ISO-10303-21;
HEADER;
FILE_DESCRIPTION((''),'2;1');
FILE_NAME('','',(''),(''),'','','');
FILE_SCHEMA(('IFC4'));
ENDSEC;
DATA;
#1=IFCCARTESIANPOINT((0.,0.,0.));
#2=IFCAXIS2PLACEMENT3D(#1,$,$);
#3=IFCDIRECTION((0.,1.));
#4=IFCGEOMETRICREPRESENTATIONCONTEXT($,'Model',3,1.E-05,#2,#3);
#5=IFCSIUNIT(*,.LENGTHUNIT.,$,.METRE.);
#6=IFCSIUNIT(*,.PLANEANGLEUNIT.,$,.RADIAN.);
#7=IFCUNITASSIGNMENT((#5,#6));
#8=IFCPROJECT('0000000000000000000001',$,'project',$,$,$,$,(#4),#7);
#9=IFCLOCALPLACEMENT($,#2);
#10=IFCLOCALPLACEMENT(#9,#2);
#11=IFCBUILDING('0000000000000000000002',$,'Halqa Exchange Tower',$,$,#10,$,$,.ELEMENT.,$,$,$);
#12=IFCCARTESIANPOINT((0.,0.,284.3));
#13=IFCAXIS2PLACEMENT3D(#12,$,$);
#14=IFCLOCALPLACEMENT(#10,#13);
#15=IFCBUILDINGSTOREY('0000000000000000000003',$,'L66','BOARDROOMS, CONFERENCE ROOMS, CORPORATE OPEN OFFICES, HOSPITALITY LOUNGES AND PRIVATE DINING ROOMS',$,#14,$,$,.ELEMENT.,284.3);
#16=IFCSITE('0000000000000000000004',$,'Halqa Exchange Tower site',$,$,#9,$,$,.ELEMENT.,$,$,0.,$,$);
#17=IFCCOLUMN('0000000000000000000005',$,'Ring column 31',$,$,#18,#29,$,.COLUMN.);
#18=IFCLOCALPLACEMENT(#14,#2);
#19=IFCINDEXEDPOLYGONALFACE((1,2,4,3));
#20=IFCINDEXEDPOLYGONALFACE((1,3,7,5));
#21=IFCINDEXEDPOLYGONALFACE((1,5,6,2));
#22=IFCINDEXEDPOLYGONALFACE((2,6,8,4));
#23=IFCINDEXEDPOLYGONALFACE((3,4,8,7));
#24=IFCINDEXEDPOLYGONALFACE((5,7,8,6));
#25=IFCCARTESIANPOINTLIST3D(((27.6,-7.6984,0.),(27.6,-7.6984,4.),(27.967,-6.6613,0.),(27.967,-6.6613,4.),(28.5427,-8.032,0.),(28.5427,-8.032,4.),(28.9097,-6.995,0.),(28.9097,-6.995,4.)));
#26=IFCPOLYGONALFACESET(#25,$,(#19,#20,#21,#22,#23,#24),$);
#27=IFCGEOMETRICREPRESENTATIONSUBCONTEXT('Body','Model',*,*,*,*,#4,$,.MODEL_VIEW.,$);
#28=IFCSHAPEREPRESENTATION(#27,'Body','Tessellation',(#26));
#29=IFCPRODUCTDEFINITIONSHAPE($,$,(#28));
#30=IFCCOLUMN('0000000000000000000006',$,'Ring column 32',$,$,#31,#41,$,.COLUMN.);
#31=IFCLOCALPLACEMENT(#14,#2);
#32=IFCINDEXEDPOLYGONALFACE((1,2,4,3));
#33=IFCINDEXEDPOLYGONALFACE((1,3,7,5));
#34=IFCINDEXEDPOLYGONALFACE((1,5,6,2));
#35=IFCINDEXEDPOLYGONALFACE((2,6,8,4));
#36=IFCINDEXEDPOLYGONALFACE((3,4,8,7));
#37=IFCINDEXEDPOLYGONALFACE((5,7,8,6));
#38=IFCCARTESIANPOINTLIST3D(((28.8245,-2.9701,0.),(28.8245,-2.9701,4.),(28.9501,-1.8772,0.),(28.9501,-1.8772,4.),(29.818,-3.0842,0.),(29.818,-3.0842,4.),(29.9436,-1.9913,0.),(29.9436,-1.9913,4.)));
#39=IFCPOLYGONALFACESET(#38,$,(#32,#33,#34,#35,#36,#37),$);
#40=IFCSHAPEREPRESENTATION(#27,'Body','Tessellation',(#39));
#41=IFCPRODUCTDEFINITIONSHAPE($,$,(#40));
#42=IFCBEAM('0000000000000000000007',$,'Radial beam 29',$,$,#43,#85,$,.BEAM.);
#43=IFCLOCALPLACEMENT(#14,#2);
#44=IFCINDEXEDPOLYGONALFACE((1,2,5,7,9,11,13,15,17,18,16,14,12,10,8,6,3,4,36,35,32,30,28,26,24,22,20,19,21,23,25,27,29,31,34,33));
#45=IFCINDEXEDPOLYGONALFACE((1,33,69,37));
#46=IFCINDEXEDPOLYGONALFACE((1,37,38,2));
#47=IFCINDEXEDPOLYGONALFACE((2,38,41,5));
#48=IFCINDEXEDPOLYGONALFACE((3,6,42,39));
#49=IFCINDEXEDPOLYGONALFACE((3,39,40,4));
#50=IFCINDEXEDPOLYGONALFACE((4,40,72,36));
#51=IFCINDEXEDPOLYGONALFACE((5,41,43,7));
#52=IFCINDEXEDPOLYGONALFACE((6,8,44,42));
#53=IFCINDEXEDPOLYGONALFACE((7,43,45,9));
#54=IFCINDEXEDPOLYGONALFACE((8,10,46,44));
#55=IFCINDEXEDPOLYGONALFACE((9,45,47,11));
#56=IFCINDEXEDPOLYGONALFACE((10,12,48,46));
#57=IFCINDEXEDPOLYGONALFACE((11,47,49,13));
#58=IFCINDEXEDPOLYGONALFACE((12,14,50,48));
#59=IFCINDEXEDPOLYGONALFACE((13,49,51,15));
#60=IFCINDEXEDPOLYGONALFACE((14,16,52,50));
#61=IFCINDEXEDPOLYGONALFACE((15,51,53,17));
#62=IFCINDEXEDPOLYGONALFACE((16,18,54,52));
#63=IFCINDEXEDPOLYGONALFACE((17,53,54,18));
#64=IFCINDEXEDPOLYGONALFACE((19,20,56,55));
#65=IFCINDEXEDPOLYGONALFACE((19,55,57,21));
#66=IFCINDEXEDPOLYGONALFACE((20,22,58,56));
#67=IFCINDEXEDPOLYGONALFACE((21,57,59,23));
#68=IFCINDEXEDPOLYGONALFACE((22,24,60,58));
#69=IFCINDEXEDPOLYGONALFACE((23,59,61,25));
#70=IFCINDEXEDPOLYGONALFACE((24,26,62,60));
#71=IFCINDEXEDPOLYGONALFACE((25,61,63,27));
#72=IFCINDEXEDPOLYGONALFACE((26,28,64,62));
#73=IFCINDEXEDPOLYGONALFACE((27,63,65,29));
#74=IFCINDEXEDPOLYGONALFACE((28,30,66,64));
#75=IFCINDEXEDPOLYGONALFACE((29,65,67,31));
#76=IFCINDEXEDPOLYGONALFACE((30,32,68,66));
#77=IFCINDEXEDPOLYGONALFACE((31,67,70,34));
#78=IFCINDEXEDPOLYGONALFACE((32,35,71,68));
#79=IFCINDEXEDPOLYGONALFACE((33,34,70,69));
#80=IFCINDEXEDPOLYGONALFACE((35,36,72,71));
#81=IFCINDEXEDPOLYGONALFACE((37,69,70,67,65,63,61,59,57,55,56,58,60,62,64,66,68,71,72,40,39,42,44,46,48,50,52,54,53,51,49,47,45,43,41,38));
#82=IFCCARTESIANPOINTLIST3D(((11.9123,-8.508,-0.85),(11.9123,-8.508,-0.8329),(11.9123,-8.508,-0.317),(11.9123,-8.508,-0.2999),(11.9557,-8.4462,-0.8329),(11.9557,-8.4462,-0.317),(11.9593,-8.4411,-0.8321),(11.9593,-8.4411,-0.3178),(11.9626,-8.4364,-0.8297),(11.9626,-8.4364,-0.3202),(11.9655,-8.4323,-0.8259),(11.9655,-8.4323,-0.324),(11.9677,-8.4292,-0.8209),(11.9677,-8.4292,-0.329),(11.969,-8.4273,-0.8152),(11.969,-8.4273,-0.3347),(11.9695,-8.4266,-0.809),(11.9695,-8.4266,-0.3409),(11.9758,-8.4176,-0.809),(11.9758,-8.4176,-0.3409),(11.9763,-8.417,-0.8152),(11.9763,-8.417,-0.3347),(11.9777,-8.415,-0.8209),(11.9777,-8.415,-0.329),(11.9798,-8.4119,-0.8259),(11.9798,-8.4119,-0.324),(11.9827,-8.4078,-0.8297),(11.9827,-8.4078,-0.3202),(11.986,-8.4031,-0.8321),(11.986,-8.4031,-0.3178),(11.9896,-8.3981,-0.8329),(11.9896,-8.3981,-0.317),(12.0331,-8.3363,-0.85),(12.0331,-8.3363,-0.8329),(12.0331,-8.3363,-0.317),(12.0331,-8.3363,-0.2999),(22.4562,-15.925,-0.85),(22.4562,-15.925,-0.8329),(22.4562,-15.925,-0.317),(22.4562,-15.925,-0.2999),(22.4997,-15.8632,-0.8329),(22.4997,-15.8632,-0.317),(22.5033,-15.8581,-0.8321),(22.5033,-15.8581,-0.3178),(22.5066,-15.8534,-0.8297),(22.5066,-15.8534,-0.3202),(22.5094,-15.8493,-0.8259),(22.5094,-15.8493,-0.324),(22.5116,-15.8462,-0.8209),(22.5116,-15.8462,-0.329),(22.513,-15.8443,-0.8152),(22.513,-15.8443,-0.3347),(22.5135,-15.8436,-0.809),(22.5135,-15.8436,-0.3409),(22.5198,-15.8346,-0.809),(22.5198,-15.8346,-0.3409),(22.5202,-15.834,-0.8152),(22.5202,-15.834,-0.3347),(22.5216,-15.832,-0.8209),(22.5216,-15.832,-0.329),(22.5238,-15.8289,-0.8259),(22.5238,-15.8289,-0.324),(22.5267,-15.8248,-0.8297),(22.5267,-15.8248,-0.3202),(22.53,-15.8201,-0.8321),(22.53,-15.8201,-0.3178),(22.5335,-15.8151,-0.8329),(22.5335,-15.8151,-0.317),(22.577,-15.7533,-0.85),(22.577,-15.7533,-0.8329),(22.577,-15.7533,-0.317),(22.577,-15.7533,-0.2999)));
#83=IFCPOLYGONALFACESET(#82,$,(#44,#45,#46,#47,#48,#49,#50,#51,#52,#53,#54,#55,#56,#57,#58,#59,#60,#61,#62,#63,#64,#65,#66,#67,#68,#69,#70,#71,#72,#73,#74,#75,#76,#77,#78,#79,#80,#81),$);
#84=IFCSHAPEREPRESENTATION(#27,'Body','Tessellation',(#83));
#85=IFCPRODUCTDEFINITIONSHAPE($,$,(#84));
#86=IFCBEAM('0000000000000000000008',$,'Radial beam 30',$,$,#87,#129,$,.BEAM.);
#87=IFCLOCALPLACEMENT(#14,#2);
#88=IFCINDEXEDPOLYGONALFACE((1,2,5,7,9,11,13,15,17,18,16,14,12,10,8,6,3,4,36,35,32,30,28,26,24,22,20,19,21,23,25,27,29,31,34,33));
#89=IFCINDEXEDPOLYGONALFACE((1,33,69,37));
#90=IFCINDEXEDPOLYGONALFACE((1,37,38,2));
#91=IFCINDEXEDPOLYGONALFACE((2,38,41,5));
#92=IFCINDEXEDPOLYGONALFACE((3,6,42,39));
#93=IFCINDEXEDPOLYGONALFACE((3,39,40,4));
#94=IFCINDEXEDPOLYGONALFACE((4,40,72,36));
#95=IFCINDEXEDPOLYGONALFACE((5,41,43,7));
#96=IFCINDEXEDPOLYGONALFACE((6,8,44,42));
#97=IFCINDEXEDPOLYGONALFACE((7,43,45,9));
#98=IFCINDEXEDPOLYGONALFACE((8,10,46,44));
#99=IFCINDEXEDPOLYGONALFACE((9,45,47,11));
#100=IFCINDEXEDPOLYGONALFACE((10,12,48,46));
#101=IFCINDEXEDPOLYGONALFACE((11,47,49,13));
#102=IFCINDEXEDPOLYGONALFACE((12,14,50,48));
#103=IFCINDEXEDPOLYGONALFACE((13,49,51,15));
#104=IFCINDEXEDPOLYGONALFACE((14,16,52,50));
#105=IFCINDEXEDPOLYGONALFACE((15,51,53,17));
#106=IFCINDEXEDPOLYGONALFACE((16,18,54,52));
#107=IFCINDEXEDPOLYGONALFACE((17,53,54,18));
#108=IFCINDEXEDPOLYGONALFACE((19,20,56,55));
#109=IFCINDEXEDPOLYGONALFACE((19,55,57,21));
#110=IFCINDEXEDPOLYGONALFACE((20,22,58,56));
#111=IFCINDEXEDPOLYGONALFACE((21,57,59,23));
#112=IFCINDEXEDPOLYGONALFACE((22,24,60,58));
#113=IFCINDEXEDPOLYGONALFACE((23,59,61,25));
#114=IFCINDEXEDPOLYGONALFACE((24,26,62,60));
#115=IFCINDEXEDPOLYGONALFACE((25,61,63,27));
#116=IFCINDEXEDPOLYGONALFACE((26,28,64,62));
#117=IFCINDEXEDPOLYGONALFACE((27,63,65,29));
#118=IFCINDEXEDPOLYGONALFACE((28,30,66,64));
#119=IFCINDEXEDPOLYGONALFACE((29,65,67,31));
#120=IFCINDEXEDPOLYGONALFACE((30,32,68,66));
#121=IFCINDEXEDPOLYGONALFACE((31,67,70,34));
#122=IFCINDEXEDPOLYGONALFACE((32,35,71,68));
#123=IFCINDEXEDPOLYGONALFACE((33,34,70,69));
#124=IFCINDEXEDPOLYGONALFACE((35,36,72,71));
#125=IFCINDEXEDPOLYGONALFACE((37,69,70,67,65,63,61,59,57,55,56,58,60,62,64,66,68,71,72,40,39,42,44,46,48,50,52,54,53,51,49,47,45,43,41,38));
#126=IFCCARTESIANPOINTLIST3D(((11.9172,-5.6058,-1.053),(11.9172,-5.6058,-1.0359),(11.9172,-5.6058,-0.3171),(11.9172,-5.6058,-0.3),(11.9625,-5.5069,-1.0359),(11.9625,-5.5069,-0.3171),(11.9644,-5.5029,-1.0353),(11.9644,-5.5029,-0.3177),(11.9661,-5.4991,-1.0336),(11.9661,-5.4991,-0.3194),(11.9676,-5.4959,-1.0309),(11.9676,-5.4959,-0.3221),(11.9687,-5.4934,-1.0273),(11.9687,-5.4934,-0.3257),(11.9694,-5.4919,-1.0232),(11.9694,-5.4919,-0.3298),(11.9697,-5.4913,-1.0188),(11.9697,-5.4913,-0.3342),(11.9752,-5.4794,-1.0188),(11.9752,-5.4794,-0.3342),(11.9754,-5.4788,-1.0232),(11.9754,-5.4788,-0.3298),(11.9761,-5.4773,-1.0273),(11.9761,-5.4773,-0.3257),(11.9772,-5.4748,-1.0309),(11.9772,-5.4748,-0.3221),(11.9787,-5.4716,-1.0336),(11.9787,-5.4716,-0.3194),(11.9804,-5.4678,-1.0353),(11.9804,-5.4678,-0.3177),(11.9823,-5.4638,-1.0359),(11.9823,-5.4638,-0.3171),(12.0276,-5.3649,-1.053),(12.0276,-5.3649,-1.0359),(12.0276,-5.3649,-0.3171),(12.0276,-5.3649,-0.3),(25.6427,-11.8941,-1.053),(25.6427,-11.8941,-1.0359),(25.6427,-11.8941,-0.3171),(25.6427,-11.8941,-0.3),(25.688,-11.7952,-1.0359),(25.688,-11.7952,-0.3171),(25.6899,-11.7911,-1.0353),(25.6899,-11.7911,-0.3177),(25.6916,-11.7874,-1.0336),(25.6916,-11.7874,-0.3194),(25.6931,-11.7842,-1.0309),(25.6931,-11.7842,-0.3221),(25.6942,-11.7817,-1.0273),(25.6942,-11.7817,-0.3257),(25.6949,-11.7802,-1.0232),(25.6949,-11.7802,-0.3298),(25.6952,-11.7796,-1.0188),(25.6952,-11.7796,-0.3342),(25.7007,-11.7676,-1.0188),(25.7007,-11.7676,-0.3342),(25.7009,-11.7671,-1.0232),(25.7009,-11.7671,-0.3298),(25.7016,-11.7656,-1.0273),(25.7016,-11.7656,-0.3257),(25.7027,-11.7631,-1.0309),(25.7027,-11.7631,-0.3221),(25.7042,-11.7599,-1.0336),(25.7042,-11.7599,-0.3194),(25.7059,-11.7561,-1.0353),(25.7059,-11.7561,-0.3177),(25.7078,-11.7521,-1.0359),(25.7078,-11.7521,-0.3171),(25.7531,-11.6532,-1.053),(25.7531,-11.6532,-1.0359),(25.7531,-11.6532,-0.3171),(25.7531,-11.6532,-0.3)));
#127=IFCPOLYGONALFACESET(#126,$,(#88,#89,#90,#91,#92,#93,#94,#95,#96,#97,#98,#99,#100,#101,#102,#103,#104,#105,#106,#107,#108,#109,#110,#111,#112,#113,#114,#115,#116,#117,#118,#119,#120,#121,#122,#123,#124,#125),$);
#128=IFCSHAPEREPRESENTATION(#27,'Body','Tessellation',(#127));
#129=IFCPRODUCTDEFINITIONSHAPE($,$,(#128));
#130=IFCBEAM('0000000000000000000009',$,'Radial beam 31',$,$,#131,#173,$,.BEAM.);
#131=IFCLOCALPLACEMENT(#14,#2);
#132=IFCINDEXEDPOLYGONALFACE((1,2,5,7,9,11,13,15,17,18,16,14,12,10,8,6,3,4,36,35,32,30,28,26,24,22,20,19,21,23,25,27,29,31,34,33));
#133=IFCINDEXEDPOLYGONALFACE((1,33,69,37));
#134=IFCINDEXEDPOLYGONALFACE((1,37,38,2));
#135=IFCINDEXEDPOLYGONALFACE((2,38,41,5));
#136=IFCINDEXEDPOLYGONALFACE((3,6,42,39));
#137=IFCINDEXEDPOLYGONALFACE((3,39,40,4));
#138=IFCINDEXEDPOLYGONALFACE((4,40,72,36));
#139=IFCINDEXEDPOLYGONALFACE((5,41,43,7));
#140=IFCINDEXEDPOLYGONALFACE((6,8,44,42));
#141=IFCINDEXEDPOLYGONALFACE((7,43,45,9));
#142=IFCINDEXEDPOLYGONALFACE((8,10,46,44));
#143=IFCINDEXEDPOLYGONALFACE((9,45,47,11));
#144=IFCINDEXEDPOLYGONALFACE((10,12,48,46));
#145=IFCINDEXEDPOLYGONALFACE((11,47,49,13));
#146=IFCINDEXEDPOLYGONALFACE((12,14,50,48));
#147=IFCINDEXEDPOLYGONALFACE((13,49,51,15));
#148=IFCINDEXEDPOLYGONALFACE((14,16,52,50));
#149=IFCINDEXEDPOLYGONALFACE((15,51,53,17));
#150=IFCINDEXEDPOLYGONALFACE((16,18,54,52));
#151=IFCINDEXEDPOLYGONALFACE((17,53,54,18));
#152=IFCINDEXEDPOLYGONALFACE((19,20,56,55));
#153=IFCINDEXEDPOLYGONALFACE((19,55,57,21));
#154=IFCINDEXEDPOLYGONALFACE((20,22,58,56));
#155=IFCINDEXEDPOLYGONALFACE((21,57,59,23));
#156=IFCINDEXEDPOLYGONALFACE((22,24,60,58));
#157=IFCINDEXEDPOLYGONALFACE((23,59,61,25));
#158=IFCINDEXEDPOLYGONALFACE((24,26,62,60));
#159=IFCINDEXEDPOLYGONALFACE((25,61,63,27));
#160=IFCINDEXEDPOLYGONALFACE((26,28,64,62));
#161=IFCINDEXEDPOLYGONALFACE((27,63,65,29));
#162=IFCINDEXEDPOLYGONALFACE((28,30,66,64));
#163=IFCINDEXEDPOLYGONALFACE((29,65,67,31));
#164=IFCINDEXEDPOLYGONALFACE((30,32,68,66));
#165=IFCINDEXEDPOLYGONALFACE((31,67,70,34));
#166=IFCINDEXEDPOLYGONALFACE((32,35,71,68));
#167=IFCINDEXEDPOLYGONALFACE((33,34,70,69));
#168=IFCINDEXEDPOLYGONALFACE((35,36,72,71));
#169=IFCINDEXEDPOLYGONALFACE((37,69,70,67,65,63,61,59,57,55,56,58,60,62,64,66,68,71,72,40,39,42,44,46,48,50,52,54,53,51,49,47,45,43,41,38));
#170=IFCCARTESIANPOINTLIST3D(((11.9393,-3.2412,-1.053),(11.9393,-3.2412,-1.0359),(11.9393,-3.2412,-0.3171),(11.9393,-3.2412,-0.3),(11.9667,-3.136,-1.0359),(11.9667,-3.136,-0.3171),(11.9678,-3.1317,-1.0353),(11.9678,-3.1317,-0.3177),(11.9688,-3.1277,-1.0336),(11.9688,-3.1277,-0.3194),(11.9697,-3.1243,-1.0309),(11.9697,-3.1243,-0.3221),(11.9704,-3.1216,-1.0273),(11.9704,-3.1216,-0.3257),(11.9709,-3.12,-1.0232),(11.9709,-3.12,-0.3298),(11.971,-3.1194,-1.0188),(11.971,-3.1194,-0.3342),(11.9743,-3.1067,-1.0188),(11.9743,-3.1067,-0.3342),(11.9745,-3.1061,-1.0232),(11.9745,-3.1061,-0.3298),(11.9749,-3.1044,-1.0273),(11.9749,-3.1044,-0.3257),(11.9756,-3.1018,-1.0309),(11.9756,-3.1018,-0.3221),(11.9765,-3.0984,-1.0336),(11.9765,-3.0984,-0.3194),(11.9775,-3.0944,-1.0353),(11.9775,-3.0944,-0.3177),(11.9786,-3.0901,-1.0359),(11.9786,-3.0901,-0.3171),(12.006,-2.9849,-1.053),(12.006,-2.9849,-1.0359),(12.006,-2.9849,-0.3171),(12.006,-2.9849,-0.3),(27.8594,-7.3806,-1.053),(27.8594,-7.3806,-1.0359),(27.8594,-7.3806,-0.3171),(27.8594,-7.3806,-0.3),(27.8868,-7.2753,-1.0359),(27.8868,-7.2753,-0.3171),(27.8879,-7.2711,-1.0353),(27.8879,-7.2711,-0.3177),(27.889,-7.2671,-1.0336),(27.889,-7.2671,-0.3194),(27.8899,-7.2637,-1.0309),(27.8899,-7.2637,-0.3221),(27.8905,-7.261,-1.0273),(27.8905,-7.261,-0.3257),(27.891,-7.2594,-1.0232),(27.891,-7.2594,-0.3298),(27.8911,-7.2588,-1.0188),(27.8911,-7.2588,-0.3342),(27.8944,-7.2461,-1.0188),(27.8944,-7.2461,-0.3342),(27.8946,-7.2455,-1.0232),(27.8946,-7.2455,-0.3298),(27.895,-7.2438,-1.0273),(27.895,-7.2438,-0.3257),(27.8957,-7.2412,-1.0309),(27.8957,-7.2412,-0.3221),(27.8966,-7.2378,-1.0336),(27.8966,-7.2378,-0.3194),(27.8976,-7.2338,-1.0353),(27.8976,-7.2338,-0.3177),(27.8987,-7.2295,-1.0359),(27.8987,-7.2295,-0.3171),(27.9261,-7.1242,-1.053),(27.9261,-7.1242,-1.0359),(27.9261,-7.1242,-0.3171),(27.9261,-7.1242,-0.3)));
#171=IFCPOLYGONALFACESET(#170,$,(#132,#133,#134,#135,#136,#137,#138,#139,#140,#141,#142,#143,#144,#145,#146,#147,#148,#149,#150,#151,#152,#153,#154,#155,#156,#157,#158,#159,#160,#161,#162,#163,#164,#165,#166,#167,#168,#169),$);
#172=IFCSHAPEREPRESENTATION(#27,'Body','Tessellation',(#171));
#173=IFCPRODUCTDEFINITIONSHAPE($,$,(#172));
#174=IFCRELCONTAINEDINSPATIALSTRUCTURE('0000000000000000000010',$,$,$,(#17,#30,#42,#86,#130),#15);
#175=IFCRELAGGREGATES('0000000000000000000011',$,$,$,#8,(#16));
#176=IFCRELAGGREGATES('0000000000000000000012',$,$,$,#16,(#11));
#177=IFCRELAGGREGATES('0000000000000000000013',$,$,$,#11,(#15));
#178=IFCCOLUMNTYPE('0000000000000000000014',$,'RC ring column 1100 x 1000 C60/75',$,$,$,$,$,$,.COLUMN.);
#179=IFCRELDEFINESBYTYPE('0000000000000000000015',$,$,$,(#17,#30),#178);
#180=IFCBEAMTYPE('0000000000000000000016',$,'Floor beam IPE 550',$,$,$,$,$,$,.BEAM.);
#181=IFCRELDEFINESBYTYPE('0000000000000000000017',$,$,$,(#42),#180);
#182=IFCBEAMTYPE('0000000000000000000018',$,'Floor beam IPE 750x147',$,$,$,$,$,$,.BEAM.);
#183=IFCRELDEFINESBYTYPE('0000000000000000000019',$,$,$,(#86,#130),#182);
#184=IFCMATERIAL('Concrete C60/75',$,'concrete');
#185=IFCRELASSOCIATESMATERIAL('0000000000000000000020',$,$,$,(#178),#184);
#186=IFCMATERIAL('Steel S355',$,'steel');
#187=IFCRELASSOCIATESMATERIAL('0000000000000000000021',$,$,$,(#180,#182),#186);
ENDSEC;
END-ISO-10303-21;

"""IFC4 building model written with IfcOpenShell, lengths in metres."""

from ifc_helpers import new_model, si_unit, direction, frame, origin, origin_2d, place, context, subcontext, project, spatial, rectangle, i_section, extrude, material, material_profile, profile_set, type_object, element, save


model = new_model("IFC4")

# Units and contexts
model_context = context("Model", 3, precision=1e-05, world=origin(), true_north=direction((0.0, 1.0)))
body_context = subcontext(model_context, "Body", "Model", "MODEL_VIEW")
ifc_project = project(units=[si_unit("LENGTHUNIT", "METRE"), si_unit("PLANEANGLEUNIT", "RADIAN")], contexts=[model_context])

# Site, building, storey
site_placement = place(None, origin())
site = spatial("IfcSite", under=ifc_project, at=site_placement, Name="Halqa Exchange Tower site", CompositionType="ELEMENT", RefElevation=0.0)
building_placement = place(site_placement, origin())
building = spatial("IfcBuilding", under=site, at=building_placement, Name="Halqa Exchange Tower", CompositionType="ELEMENT")
storey_placement = place(building_placement, frame((0.0, 0.0, 284.3)))
storey = spatial("IfcBuildingStorey", under=building, at=storey_placement, Name="L66", Description="BOARDROOMS, CONFERENCE ROOMS, CORPORATE OPEN OFFICES, HOSPITALITY LOUNGES AND PRIVATE DINING ROOMS", CompositionType="ELEMENT", Elevation=284.3)

# Columns
ifc_material_1 = material(Name="Concrete C60/75", Category="concrete")
ifc_material_profile_1 = material_profile(ifc_material_1, rectangle(XDim=1.1001, YDim=1.0, at=origin_2d()), Name="1100 x 1000")
ifc_profile_set_1 = profile_set([ifc_material_profile_1], Name="Concrete C60/75")
column_type = type_object("IfcColumnType", Name="RC ring column 1100 x 1000 C60/75", PredefinedType="COLUMN", material=ifc_profile_set_1)
for number, where, z_axis, x_axis, name in (
    (1, (28.2549, -7.3467, 0.0), (0.0, 0.0, 1.0), (0.333619, 0.942708, 0.0), "Ring column 31"),
    (2, (29.384, -2.4807, 0.0), (0.0, 0.0, 1.0), (0.114155, 0.993463, 0.0), "Ring column 32"),
):
    element("IfcColumn", number, at=place(storey_placement, frame(where, z_axis=z_axis, x_axis=x_axis)), inside=storey, type_object=column_type, Name=name, PredefinedType="COLUMN", context=body_context, shape_type="SweptSolid", body=[
        extrude(rectangle(XDim=1.1001, YDim=1.0, at=origin_2d()), origin(), (0.0, 0.0, 1.0), 4.0),
    ])

# Beams
ifc_material_2 = material(Name="Steel S355", Category="steel")
ifc_material_profile_2 = material_profile(ifc_material_2, i_section(OverallWidth=0.21, OverallDepth=0.55, WebThickness=0.011, FlangeThickness=0.0171, FilletRadius=0.0239, at=origin_2d()), Name="IPE 550")
ifc_profile_set_2 = profile_set([ifc_material_profile_2], Name="Steel S355")
beam_type_1 = type_object("IfcBeamType", Name="Floor beam IPE 550", PredefinedType="BEAM", material=ifc_profile_set_2)
beam_1_placement = place(storey_placement, frame((11.9727, -8.4221, -0.575), z_axis=(0.817909, -0.575347, 0.0), x_axis=(0.575347, 0.817909, 0.0)))
element("IfcBeam", 3, at=beam_1_placement, inside=storey, type_object=beam_type_1, Name="Radial beam 29", PredefinedType="BEAM", context=body_context, shape_type="SweptSolid", body=[
    extrude(i_section(OverallWidth=0.21, OverallDepth=0.55, WebThickness=0.011, FlangeThickness=0.0171, FilletRadius=0.0239, at=origin_2d()), origin(), (0.0, 0.0, 1.0), 12.8914),
])
ifc_material_profile_3 = material_profile(ifc_material_2, i_section(OverallWidth=0.2649, OverallDepth=0.7529, WebThickness=0.0132, FlangeThickness=0.0171, FilletRadius=0.0171, at=origin_2d()), Name="IPE 750x147")
ifc_profile_set_3 = profile_set([ifc_material_profile_3], Name="Steel S355")
beam_type_2 = type_object("IfcBeamType", Name="Floor beam IPE 750x147", PredefinedType="BEAM", material=ifc_profile_set_3)
beam_2_placement = place(storey_placement, frame((11.9724, -5.4854, -0.6765), z_axis=(0.909129, -0.416514, 0.0), x_axis=(0.416514, 0.909129, 0.0)))
element("IfcBeam", 4, at=beam_2_placement, inside=storey, type_object=beam_type_2, Name="Radial beam 30", PredefinedType="BEAM", context=body_context, shape_type="SweptSolid", body=[
    extrude(i_section(OverallWidth=0.2649, OverallDepth=0.7529, WebThickness=0.0132, FlangeThickness=0.0171, FilletRadius=0.0171, at=origin_2d()), origin(), (0.0, 0.0, 1.0), 15.0974),
])
beam_3_placement = place(storey_placement, frame((11.9727, -3.113, -0.6765), z_axis=(0.96782, -0.251643, 0.0), x_axis=(0.251643, 0.96782, 0.0)))
element("IfcBeam", 5, at=beam_3_placement, inside=storey, type_object=beam_type_2, Name="Radial beam 31", PredefinedType="BEAM", context=body_context, shape_type="SweptSolid", body=[
    extrude(i_section(OverallWidth=0.2649, OverallDepth=0.7529, WebThickness=0.0132, FlangeThickness=0.0171, FilletRadius=0.0171, at=origin_2d()), origin(), (0.0, 0.0, 1.0), 16.4495),
])

save(model, "model.ifc")
